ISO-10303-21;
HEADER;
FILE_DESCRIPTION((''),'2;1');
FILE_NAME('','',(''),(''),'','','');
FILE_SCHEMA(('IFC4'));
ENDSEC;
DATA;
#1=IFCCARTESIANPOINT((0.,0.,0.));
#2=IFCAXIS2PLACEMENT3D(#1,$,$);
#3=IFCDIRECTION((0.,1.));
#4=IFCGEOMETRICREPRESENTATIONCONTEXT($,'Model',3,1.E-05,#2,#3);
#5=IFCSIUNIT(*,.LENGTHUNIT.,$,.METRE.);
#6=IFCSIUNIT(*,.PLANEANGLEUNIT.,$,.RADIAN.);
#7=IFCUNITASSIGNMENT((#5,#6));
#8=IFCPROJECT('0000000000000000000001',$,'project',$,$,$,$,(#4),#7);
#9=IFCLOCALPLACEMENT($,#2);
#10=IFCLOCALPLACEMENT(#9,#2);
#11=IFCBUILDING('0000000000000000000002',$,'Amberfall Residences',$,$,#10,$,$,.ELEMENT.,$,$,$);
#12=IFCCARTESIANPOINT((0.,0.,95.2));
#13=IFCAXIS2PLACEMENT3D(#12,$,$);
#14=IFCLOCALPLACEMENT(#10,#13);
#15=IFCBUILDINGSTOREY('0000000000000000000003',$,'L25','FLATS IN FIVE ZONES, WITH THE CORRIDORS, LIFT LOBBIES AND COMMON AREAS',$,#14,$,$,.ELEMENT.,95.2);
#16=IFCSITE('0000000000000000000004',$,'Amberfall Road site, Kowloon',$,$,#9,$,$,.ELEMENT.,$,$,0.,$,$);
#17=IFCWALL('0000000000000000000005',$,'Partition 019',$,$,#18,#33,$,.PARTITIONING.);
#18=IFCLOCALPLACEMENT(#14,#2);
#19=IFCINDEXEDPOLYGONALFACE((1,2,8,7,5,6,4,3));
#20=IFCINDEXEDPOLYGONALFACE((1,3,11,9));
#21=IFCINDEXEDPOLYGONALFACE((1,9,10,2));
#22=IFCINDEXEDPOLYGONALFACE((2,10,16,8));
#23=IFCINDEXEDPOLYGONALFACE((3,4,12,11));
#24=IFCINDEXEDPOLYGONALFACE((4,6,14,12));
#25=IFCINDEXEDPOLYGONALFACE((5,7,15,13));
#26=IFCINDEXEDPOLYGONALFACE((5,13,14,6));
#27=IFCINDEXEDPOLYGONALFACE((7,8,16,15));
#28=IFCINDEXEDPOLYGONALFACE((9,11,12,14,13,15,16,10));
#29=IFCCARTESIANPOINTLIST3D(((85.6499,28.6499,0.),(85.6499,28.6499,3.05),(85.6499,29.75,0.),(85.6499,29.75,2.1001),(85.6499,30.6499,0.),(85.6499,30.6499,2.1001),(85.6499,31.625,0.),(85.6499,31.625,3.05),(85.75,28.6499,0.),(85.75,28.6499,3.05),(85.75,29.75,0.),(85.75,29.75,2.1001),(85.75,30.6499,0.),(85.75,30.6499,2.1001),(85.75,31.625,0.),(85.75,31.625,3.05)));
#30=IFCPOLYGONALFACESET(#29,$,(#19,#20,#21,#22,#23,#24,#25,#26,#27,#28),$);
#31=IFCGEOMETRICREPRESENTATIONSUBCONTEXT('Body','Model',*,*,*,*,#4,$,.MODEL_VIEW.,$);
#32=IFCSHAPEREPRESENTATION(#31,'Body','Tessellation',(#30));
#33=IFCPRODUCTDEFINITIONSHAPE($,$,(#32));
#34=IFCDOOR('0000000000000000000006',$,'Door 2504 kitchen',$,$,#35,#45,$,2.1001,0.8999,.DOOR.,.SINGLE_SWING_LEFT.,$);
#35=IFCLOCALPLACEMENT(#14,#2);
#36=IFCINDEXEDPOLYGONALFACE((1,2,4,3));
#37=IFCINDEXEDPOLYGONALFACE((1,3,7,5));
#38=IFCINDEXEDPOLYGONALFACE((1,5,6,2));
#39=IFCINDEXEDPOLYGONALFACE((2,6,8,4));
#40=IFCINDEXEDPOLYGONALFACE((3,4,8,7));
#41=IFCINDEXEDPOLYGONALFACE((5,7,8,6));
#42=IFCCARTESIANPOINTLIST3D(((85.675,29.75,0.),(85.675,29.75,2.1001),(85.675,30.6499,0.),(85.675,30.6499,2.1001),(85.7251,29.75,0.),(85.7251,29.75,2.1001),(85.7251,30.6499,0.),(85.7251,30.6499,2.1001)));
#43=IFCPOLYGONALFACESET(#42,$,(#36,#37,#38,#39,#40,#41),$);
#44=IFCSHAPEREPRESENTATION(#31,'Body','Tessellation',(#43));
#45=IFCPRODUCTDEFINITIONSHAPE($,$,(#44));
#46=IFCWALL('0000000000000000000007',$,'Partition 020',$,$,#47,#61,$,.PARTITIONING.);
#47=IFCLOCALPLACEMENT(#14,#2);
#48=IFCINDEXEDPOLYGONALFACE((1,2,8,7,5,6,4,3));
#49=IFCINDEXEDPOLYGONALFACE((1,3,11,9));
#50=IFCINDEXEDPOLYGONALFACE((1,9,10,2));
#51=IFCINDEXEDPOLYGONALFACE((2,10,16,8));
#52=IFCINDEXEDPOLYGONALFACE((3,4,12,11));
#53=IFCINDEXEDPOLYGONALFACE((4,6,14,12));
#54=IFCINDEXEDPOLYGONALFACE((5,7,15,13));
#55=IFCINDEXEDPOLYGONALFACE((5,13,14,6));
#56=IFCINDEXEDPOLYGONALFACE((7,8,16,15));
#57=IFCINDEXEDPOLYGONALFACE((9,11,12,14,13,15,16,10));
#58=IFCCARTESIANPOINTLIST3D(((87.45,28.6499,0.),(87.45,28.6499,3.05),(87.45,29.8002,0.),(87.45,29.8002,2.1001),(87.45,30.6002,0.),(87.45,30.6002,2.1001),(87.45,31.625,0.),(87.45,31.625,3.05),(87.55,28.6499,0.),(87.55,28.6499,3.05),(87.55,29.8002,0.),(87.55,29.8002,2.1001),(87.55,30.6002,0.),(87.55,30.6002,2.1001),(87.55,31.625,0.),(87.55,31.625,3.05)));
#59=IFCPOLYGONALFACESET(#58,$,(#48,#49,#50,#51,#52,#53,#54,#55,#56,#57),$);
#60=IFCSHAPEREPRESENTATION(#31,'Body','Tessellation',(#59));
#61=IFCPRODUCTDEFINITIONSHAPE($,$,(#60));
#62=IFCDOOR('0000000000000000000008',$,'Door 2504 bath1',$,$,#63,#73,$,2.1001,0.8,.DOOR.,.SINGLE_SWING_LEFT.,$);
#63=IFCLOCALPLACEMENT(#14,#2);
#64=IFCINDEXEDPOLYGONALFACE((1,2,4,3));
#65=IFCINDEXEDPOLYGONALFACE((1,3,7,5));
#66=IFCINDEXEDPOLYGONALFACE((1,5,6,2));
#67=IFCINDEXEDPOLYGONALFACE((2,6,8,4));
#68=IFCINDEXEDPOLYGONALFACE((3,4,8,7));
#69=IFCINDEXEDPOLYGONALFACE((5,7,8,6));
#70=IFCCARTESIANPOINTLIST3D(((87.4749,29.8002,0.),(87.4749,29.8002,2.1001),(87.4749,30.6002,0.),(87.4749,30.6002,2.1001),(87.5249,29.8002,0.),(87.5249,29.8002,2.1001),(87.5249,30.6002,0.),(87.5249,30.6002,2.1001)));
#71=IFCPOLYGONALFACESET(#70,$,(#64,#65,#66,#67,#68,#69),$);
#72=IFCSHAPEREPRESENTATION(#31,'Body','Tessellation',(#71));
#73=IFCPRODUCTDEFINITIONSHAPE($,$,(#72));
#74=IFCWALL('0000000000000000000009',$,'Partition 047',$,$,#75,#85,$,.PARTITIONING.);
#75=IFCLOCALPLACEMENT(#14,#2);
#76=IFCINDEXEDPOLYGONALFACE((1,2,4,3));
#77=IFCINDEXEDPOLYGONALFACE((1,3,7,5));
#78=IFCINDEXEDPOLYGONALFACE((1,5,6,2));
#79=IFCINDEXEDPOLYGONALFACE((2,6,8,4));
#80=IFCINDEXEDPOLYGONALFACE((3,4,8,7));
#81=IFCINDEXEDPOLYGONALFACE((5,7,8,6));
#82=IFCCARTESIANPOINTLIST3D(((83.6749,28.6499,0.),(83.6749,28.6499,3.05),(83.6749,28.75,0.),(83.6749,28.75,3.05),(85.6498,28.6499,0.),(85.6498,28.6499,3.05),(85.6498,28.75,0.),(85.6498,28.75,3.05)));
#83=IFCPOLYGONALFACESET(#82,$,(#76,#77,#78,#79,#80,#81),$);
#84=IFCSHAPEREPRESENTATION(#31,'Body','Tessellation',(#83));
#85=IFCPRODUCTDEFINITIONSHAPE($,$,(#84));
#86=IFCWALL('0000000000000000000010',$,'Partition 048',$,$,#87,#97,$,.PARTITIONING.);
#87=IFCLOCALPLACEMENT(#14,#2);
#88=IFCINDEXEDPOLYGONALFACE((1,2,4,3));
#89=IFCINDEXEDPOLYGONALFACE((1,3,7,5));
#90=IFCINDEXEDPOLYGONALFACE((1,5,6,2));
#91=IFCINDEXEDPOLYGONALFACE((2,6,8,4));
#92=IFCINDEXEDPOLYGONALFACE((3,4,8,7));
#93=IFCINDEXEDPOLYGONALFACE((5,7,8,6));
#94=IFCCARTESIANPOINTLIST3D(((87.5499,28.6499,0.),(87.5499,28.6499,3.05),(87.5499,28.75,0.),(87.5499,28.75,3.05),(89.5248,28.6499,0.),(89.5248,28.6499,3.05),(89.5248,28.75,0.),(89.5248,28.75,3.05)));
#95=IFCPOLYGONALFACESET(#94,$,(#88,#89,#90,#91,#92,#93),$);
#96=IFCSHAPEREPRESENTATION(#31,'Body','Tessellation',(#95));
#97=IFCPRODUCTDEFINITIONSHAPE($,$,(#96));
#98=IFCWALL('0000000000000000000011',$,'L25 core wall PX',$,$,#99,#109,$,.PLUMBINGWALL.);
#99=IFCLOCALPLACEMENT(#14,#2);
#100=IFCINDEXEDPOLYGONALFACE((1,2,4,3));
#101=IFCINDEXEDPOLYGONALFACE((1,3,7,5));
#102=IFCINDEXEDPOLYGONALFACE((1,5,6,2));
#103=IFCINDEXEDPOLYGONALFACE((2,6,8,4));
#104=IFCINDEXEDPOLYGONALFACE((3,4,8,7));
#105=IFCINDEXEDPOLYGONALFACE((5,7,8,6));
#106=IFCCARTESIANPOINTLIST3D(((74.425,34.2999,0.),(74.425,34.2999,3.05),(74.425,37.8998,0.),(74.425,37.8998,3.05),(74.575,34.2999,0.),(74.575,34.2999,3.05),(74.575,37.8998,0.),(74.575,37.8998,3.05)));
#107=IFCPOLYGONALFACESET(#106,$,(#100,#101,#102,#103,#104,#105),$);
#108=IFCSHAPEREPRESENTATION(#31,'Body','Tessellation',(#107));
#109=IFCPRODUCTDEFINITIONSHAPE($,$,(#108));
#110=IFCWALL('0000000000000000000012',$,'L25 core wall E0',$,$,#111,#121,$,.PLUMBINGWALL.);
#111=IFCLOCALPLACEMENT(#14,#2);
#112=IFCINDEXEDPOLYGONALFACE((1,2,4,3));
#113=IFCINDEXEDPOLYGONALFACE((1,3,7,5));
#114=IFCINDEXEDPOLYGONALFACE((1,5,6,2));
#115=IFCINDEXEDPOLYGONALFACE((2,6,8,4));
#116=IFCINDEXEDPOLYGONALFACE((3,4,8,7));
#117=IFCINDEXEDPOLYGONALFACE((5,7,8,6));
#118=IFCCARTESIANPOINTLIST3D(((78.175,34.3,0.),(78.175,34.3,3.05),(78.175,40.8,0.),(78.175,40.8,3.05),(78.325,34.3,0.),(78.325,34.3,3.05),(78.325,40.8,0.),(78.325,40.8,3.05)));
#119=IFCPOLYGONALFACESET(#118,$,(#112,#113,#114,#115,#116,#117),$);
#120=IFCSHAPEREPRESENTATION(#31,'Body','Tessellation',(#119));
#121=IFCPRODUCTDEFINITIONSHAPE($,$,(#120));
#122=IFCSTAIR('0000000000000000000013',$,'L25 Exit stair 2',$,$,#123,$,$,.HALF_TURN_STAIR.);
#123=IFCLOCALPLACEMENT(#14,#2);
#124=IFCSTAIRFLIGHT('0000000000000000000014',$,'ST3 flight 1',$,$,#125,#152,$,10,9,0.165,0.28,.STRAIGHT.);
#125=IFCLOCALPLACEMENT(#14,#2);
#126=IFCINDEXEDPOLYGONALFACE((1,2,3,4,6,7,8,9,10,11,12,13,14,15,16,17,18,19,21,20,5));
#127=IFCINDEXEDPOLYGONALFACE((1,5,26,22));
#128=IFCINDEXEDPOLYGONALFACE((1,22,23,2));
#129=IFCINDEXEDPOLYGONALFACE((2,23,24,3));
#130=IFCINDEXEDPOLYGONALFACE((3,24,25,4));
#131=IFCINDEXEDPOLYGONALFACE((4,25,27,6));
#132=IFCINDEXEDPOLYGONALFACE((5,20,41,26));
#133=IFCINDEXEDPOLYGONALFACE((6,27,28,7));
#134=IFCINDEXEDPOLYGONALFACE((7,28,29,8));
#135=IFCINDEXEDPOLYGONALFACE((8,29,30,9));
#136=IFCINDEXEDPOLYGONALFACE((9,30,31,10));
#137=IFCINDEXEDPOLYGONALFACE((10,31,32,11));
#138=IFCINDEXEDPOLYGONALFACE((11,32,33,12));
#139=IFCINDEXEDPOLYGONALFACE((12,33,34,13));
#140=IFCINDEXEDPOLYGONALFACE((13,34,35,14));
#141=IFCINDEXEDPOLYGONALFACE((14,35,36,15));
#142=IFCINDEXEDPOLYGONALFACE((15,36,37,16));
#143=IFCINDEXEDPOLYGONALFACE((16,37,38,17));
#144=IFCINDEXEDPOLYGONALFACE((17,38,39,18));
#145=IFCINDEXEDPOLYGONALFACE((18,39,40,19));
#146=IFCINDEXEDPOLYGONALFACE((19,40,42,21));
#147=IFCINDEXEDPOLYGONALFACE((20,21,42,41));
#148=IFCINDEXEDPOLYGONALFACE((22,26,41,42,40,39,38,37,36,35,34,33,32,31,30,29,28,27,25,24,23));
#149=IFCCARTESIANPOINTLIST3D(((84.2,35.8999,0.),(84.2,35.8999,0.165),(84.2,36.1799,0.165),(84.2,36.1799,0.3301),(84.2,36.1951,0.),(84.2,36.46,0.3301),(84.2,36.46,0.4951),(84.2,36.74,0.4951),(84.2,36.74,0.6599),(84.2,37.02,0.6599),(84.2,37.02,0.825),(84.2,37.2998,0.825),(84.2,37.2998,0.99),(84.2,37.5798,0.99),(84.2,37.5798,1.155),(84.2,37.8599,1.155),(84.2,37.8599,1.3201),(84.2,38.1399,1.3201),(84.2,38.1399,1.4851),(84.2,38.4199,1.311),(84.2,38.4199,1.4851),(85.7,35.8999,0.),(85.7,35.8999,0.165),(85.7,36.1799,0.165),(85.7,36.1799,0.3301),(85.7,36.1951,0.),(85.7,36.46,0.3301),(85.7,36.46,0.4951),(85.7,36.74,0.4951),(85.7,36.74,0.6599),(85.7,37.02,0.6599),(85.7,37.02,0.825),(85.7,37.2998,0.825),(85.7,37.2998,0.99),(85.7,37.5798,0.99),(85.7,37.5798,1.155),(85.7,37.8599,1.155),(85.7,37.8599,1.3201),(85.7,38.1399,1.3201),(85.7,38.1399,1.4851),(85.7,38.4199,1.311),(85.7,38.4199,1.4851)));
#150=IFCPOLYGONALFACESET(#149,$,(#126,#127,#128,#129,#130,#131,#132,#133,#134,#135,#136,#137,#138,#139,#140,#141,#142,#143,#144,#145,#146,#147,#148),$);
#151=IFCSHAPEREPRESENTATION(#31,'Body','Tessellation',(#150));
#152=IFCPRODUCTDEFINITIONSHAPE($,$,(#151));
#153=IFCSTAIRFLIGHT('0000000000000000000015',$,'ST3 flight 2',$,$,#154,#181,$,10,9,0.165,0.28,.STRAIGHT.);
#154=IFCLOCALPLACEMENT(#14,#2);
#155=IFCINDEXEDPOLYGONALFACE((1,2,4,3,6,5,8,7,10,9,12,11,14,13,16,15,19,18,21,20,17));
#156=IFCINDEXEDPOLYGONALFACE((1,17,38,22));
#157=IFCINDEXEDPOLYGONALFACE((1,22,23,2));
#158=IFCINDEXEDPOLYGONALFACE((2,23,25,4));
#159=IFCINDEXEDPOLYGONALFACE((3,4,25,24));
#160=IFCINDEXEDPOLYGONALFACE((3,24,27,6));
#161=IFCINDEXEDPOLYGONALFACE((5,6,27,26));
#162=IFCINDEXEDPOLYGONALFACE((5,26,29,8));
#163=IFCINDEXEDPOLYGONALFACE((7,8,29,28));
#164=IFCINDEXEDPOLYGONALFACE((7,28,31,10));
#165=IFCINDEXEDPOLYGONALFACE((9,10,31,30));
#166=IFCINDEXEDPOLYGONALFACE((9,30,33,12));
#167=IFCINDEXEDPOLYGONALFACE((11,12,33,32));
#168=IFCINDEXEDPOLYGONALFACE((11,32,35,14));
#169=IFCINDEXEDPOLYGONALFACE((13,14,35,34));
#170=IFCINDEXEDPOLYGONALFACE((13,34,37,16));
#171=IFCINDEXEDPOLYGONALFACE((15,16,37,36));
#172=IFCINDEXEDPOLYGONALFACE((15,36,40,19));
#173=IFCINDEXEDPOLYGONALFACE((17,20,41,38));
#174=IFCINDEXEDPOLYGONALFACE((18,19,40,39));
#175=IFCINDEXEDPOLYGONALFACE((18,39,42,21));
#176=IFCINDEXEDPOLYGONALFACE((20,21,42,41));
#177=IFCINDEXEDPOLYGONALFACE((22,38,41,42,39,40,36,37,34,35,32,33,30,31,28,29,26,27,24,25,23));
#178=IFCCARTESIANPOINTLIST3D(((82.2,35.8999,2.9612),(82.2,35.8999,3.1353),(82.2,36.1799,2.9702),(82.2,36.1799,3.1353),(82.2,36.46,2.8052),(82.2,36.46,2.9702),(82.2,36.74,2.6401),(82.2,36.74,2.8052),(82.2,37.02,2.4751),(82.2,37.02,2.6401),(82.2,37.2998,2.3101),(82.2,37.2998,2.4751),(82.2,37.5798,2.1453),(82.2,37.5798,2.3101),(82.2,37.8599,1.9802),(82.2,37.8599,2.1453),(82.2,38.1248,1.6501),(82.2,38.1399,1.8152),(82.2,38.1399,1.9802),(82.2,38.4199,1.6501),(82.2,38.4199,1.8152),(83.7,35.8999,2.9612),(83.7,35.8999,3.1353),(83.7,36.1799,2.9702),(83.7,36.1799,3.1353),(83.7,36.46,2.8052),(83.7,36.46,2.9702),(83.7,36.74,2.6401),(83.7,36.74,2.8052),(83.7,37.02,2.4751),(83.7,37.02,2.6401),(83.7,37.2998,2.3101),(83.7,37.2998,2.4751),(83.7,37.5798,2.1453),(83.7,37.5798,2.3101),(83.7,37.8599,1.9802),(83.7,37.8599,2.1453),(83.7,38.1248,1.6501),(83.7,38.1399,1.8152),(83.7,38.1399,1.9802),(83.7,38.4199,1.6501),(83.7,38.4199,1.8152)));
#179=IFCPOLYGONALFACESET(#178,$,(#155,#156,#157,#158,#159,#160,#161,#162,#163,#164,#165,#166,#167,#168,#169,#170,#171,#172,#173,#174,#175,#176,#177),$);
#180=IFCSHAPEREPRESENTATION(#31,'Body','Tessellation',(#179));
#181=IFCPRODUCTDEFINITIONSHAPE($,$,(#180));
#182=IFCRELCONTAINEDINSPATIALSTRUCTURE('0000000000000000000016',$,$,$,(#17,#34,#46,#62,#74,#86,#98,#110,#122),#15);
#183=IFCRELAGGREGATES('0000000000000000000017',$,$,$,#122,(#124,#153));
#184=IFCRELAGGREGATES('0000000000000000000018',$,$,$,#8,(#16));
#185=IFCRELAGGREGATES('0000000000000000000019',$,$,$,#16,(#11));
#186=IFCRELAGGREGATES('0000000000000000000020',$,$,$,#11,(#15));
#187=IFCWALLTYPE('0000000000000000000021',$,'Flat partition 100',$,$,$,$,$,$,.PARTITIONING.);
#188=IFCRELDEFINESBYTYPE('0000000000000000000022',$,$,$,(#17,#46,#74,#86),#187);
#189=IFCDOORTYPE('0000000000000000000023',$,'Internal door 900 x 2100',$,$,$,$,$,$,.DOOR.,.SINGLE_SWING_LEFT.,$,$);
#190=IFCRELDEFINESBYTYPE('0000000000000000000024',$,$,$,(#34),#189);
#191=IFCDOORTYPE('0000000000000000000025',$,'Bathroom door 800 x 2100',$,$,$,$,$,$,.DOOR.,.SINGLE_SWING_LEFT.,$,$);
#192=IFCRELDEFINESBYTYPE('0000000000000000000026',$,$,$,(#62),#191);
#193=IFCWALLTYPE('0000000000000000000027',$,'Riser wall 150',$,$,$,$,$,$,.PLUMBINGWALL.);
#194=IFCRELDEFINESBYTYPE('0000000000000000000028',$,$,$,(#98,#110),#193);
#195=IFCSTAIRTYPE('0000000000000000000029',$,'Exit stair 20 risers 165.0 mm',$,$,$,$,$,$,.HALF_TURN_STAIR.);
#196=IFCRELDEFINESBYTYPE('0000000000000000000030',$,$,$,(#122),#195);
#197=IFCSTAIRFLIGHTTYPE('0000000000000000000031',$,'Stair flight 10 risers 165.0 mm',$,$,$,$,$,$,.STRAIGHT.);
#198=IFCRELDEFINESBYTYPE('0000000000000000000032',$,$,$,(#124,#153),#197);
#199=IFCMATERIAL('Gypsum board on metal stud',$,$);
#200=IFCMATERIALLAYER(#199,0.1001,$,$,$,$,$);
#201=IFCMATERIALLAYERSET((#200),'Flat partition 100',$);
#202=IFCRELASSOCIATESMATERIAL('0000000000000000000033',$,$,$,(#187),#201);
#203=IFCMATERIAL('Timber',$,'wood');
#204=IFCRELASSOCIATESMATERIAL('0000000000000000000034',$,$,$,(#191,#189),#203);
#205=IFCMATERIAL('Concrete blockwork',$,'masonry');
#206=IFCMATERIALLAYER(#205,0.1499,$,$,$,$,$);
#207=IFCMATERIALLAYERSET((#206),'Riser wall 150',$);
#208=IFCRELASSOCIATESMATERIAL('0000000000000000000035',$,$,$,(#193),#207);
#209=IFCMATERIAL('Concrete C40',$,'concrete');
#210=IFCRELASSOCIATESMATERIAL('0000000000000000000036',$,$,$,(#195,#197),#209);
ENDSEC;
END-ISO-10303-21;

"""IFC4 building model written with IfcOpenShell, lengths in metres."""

from ifc_helpers import new_model, si_unit, direction, frame, frame_2d, origin, place, context, subcontext, project, spatial, polyline, rectangle, outline, extrude, material, layer, layer_set, type_object, element, fill, aggregate, save


model = new_model("IFC4")

# Units and contexts
model_context = context("Model", 3, precision=1e-05, world=origin(), true_north=direction((0.0, 1.0)))
body_context = subcontext(model_context, "Body", "Model", "MODEL_VIEW")
ifc_project = project(units=[si_unit("LENGTHUNIT", "METRE"), si_unit("PLANEANGLEUNIT", "RADIAN")], contexts=[model_context])

# Site, building, storey
site_placement = place(None, origin())
site = spatial("IfcSite", under=ifc_project, at=site_placement, Name="Amberfall Road site, Kowloon", CompositionType="ELEMENT", RefElevation=0.0)
building_placement = place(site_placement, origin())
building = spatial("IfcBuilding", under=site, at=building_placement, Name="Amberfall Residences", CompositionType="ELEMENT")
storey_placement = place(building_placement, frame((0.0, 0.0, 95.2)))
storey = spatial("IfcBuildingStorey", under=building, at=storey_placement, Name="L25", Description="FLATS IN FIVE ZONES, WITH THE CORRIDORS, LIFT LOBBIES AND COMMON AREAS", CompositionType="ELEMENT", Elevation=95.2)

# Walls, openings, doors
ifc_material_1 = material(Name="Gypsum board on metal stud")
ifc_layer_1 = layer(ifc_material_1, 0.1001)
ifc_layer_set_1 = layer_set([ifc_layer_1], Name="Flat partition 100")
wall_type_1 = type_object("IfcWallType", Name="Flat partition 100", PredefinedType="PARTITIONING", material=ifc_layer_set_1)
ifc_material_2 = material(Name="Timber", Category="wood")
door_type_1 = type_object("IfcDoorType", Name="Bathroom door 800 x 2100", OperationType="SINGLE_SWING_LEFT", PredefinedType="DOOR", material=ifc_material_2)
wall_1_placement = place(storey_placement, frame((85.7, 28.6499, 0.0), z_axis=(0.0, 0.0, 1.0), x_axis=(0.0, 1.0, 0.0)))
wall_1 = element("IfcWall", 1, at=wall_1_placement, inside=storey, type_object=wall_type_1, Name="Partition 019", PredefinedType="PARTITIONING", context=body_context, shape_type="SweptSolid", body=[
    extrude(rectangle(XDim=2.9751, YDim=0.1001, at=frame_2d((1.4875, 0.0))), origin(), (0.0, 0.0, 1.0), 3.05),
])
opening_1_placement = place(wall_1_placement, frame((1.1001, 0.0, 0.0)))
opening_1 = element("IfcOpeningElement", 2, at=opening_1_placement, cuts=wall_1, PredefinedType="OPENING", context=body_context, shape_type="SweptSolid", body=[
    extrude(rectangle(XDim=0.8999, YDim=2.1001, at=frame_2d((0.45, 1.05))), frame((0.0, 0.0601, 0.0), z_axis=(0.0, -1.0, 0.0), x_axis=(1.0, 0.0, 0.0)), (0.0, 0.0, 1.0), 0.1201),
])
door_type_2 = type_object("IfcDoorType", Name="Internal door 900 x 2100", OperationType="SINGLE_SWING_LEFT", PredefinedType="DOOR", material=ifc_material_2)
door_1_placement = place(opening_1_placement, origin())
door_1 = element("IfcDoor", 3, at=door_1_placement, inside=storey, type_object=door_type_2, Name="Door 2504 kitchen", OperationType="SINGLE_SWING_LEFT", OverallHeight=2.1001, OverallWidth=0.8999, PredefinedType="DOOR", context=body_context, shape_type="SweptSolid", body=[
    extrude(rectangle(XDim=0.8999, YDim=2.1001, at=frame_2d((0.45, 1.05))), frame((0.0, 0.0249, 0.0), z_axis=(0.0, -1.0, 0.0), x_axis=(1.0, 0.0, 0.0)), (0.0, 0.0, 1.0), 0.05),
])
fill(opening_1, door_1)
wall_2_placement = place(storey_placement, frame((87.5, 31.625, 0.0), z_axis=(0.0, 0.0, 1.0), x_axis=(0.0, -1.0, 0.0)))
wall_2 = element("IfcWall", 4, at=wall_2_placement, inside=storey, type_object=wall_type_1, Name="Partition 020", PredefinedType="PARTITIONING", context=body_context, shape_type="SweptSolid", body=[
    extrude(rectangle(XDim=2.9751, YDim=0.1001, at=frame_2d((1.4875, 0.0))), origin(), (0.0, 0.0, 1.0), 3.05),
])
opening_2_placement = place(wall_2_placement, frame((1.0249, 0.0, 0.0)))
opening_2 = element("IfcOpeningElement", 5, at=opening_2_placement, cuts=wall_2, PredefinedType="OPENING", context=body_context, shape_type="SweptSolid", body=[
    extrude(rectangle(XDim=0.8, YDim=2.1001, at=frame_2d((0.3999, 1.05))), frame((0.0, 0.0601, 0.0), z_axis=(0.0, -1.0, 0.0), x_axis=(1.0, 0.0, 0.0)), (0.0, 0.0, 1.0), 0.1201),
])
door_2_placement = place(opening_2_placement, origin())
door_2 = element("IfcDoor", 6, at=door_2_placement, inside=storey, type_object=door_type_1, Name="Door 2504 bath1", OperationType="SINGLE_SWING_LEFT", OverallHeight=2.1001, OverallWidth=0.8, PredefinedType="DOOR", context=body_context, shape_type="SweptSolid", body=[
    extrude(rectangle(XDim=0.8, YDim=2.1001, at=frame_2d((0.3999, 1.05))), frame((0.0, 0.0249, 0.0), z_axis=(0.0, -1.0, 0.0), x_axis=(1.0, 0.0, 0.0)), (0.0, 0.0, 1.0), 0.05),
])
fill(opening_2, door_2)

# Walls
for number, where, z_axis, x_axis, name in (
    (7, (83.675, 28.7, 0.0), (0.0, 0.0, 1.0), (1.0, 0.0, 0.0), "Partition 047"),
    (8, (87.55, 28.7, 0.0), (0.0, 0.0, 1.0), (1.0, 0.0, 0.0), "Partition 048"),
):
    element("IfcWall", number, at=place(storey_placement, frame(where, z_axis=z_axis, x_axis=x_axis)), inside=storey, type_object=wall_type_1, Name=name, PredefinedType="PARTITIONING", context=body_context, shape_type="SweptSolid", body=[
        extrude(rectangle(XDim=1.9749, YDim=0.1001, at=frame_2d((0.9873, 0.0))), origin(), (0.0, 0.0, 1.0), 3.05),
    ])
ifc_material_3 = material(Name="Concrete blockwork", Category="masonry")
ifc_layer_2 = layer(ifc_material_3, 0.1499)
ifc_layer_set_2 = layer_set([ifc_layer_2], Name="Riser wall 150")
wall_type_2 = type_object("IfcWallType", Name="Riser wall 150", PredefinedType="PLUMBINGWALL", material=ifc_layer_set_2)
wall_3_placement = place(storey_placement, frame((74.5, 34.3, 0.0), z_axis=(0.0, 0.0, 1.0), x_axis=(0.0, 1.0, 0.0)))
element("IfcWall", 9, at=wall_3_placement, inside=storey, type_object=wall_type_2, Name="L25 core wall PX", PredefinedType="PLUMBINGWALL", context=body_context, shape_type="SweptSolid", body=[
    extrude(rectangle(XDim=3.5999, YDim=0.1499, at=frame_2d((1.7998, 0.0))), origin(), (0.0, 0.0, 1.0), 3.05),
])
wall_4_placement = place(storey_placement, frame((78.25, 34.3, 0.0), z_axis=(0.0, 0.0, 1.0), x_axis=(0.0, 1.0, 0.0)))
element("IfcWall", 10, at=wall_4_placement, inside=storey, type_object=wall_type_2, Name="L25 core wall E0", PredefinedType="PLUMBINGWALL", context=body_context, shape_type="SweptSolid", body=[
    extrude(rectangle(XDim=6.5, YDim=0.1499, at=frame_2d((3.25, 0.0))), origin(), (0.0, 0.0, 1.0), 3.05),
])

# Stair, stair flights
ifc_material_4 = material(Name="Concrete C40", Category="concrete")
stair_type = type_object("IfcStairType", Name="Exit stair 20 risers 165.0 mm", PredefinedType="HALF_TURN_STAIR", material=ifc_material_4)
stair_placement = place(storey_placement, origin())
stair = element("IfcStair", 11, at=stair_placement, inside=storey, type_object=stair_type, Name="L25 Exit stair 2", PredefinedType="HALF_TURN_STAIR")
stair_flight_type = type_object("IfcStairFlightType", Name="Stair flight 10 risers 165.0 mm", PredefinedType="STRAIGHT", material=ifc_material_4)
stair_flight_1_placement = place(storey_placement, frame((84.95, 35.8999, 0.0), z_axis=(0.0, 0.0, 1.0), x_axis=(0.0, 1.0, 0.0)))
stair_flight_1 = element("IfcStairFlight", 12, at=stair_flight_1_placement, type_object=stair_flight_type, Name="ST3 flight 1", NumberOfRisers=10, NumberOfTreads=9, PredefinedType="STRAIGHT", RiserHeight=0.165, TreadLength=0.28, context=body_context, shape_type="SweptSolid", body=[
    extrude(outline(polyline([(0.0, 0.0), (0.0, 0.165), (0.28, 0.165), (0.28, 0.3301), (0.5601, 0.3301), (0.5601, 0.4951), (0.8401, 0.4951), (0.8401, 0.6599), (1.1201, 0.6599), (1.1201, 0.825), (1.3999, 0.825), (1.3999, 0.99), (1.6799, 0.99), (1.6799, 1.155), (1.96, 1.155), (1.96, 1.3201), (2.24, 1.3201), (2.24, 1.4851), (2.52, 1.4851), (2.52, 1.6499), (2.52, 1.311), (0.2952, 0.0), (0.0, 0.0)])), frame((0.0, 0.75, 0.0), z_axis=(0.0, -1.0, 0.0), x_axis=(1.0, 0.0, 0.0)), (0.0, 0.0, 1.0), 1.5),
])
stair_flight_2_placement = place(storey_placement, frame((82.95, 38.4199, 1.6501), z_axis=(0.0, 0.0, 1.0), x_axis=(0.0, -1.0, 0.0)))
stair_flight_2 = element("IfcStairFlight", 13, at=stair_flight_2_placement, type_object=stair_flight_type, Name="ST3 flight 2", NumberOfRisers=10, NumberOfTreads=9, PredefinedType="STRAIGHT", RiserHeight=0.165, TreadLength=0.28, context=body_context, shape_type="SweptSolid", body=[
    extrude(outline(polyline([(0.0, 0.0), (0.0, 0.165), (0.28, 0.165), (0.28, 0.3301), (0.5601, 0.3301), (0.5601, 0.4951), (0.8401, 0.4951), (0.8401, 0.6599), (1.1201, 0.6599), (1.1201, 0.825), (1.3999, 0.825), (1.3999, 0.99), (1.6799, 0.99), (1.6799, 1.155), (1.96, 1.155), (1.96, 1.3201), (2.24, 1.3201), (2.24, 1.4851), (2.52, 1.4851), (2.52, 1.6499), (2.52, 1.311), (0.2952, 0.0), (0.0, 0.0)])), frame((0.0, 0.75, 0.0), z_axis=(0.0, -1.0, 0.0), x_axis=(1.0, 0.0, 0.0)), (0.0, 0.0, 1.0), 1.5),
])
aggregate(stair, [stair_flight_1, stair_flight_2])

save(model, "model.ifc")
